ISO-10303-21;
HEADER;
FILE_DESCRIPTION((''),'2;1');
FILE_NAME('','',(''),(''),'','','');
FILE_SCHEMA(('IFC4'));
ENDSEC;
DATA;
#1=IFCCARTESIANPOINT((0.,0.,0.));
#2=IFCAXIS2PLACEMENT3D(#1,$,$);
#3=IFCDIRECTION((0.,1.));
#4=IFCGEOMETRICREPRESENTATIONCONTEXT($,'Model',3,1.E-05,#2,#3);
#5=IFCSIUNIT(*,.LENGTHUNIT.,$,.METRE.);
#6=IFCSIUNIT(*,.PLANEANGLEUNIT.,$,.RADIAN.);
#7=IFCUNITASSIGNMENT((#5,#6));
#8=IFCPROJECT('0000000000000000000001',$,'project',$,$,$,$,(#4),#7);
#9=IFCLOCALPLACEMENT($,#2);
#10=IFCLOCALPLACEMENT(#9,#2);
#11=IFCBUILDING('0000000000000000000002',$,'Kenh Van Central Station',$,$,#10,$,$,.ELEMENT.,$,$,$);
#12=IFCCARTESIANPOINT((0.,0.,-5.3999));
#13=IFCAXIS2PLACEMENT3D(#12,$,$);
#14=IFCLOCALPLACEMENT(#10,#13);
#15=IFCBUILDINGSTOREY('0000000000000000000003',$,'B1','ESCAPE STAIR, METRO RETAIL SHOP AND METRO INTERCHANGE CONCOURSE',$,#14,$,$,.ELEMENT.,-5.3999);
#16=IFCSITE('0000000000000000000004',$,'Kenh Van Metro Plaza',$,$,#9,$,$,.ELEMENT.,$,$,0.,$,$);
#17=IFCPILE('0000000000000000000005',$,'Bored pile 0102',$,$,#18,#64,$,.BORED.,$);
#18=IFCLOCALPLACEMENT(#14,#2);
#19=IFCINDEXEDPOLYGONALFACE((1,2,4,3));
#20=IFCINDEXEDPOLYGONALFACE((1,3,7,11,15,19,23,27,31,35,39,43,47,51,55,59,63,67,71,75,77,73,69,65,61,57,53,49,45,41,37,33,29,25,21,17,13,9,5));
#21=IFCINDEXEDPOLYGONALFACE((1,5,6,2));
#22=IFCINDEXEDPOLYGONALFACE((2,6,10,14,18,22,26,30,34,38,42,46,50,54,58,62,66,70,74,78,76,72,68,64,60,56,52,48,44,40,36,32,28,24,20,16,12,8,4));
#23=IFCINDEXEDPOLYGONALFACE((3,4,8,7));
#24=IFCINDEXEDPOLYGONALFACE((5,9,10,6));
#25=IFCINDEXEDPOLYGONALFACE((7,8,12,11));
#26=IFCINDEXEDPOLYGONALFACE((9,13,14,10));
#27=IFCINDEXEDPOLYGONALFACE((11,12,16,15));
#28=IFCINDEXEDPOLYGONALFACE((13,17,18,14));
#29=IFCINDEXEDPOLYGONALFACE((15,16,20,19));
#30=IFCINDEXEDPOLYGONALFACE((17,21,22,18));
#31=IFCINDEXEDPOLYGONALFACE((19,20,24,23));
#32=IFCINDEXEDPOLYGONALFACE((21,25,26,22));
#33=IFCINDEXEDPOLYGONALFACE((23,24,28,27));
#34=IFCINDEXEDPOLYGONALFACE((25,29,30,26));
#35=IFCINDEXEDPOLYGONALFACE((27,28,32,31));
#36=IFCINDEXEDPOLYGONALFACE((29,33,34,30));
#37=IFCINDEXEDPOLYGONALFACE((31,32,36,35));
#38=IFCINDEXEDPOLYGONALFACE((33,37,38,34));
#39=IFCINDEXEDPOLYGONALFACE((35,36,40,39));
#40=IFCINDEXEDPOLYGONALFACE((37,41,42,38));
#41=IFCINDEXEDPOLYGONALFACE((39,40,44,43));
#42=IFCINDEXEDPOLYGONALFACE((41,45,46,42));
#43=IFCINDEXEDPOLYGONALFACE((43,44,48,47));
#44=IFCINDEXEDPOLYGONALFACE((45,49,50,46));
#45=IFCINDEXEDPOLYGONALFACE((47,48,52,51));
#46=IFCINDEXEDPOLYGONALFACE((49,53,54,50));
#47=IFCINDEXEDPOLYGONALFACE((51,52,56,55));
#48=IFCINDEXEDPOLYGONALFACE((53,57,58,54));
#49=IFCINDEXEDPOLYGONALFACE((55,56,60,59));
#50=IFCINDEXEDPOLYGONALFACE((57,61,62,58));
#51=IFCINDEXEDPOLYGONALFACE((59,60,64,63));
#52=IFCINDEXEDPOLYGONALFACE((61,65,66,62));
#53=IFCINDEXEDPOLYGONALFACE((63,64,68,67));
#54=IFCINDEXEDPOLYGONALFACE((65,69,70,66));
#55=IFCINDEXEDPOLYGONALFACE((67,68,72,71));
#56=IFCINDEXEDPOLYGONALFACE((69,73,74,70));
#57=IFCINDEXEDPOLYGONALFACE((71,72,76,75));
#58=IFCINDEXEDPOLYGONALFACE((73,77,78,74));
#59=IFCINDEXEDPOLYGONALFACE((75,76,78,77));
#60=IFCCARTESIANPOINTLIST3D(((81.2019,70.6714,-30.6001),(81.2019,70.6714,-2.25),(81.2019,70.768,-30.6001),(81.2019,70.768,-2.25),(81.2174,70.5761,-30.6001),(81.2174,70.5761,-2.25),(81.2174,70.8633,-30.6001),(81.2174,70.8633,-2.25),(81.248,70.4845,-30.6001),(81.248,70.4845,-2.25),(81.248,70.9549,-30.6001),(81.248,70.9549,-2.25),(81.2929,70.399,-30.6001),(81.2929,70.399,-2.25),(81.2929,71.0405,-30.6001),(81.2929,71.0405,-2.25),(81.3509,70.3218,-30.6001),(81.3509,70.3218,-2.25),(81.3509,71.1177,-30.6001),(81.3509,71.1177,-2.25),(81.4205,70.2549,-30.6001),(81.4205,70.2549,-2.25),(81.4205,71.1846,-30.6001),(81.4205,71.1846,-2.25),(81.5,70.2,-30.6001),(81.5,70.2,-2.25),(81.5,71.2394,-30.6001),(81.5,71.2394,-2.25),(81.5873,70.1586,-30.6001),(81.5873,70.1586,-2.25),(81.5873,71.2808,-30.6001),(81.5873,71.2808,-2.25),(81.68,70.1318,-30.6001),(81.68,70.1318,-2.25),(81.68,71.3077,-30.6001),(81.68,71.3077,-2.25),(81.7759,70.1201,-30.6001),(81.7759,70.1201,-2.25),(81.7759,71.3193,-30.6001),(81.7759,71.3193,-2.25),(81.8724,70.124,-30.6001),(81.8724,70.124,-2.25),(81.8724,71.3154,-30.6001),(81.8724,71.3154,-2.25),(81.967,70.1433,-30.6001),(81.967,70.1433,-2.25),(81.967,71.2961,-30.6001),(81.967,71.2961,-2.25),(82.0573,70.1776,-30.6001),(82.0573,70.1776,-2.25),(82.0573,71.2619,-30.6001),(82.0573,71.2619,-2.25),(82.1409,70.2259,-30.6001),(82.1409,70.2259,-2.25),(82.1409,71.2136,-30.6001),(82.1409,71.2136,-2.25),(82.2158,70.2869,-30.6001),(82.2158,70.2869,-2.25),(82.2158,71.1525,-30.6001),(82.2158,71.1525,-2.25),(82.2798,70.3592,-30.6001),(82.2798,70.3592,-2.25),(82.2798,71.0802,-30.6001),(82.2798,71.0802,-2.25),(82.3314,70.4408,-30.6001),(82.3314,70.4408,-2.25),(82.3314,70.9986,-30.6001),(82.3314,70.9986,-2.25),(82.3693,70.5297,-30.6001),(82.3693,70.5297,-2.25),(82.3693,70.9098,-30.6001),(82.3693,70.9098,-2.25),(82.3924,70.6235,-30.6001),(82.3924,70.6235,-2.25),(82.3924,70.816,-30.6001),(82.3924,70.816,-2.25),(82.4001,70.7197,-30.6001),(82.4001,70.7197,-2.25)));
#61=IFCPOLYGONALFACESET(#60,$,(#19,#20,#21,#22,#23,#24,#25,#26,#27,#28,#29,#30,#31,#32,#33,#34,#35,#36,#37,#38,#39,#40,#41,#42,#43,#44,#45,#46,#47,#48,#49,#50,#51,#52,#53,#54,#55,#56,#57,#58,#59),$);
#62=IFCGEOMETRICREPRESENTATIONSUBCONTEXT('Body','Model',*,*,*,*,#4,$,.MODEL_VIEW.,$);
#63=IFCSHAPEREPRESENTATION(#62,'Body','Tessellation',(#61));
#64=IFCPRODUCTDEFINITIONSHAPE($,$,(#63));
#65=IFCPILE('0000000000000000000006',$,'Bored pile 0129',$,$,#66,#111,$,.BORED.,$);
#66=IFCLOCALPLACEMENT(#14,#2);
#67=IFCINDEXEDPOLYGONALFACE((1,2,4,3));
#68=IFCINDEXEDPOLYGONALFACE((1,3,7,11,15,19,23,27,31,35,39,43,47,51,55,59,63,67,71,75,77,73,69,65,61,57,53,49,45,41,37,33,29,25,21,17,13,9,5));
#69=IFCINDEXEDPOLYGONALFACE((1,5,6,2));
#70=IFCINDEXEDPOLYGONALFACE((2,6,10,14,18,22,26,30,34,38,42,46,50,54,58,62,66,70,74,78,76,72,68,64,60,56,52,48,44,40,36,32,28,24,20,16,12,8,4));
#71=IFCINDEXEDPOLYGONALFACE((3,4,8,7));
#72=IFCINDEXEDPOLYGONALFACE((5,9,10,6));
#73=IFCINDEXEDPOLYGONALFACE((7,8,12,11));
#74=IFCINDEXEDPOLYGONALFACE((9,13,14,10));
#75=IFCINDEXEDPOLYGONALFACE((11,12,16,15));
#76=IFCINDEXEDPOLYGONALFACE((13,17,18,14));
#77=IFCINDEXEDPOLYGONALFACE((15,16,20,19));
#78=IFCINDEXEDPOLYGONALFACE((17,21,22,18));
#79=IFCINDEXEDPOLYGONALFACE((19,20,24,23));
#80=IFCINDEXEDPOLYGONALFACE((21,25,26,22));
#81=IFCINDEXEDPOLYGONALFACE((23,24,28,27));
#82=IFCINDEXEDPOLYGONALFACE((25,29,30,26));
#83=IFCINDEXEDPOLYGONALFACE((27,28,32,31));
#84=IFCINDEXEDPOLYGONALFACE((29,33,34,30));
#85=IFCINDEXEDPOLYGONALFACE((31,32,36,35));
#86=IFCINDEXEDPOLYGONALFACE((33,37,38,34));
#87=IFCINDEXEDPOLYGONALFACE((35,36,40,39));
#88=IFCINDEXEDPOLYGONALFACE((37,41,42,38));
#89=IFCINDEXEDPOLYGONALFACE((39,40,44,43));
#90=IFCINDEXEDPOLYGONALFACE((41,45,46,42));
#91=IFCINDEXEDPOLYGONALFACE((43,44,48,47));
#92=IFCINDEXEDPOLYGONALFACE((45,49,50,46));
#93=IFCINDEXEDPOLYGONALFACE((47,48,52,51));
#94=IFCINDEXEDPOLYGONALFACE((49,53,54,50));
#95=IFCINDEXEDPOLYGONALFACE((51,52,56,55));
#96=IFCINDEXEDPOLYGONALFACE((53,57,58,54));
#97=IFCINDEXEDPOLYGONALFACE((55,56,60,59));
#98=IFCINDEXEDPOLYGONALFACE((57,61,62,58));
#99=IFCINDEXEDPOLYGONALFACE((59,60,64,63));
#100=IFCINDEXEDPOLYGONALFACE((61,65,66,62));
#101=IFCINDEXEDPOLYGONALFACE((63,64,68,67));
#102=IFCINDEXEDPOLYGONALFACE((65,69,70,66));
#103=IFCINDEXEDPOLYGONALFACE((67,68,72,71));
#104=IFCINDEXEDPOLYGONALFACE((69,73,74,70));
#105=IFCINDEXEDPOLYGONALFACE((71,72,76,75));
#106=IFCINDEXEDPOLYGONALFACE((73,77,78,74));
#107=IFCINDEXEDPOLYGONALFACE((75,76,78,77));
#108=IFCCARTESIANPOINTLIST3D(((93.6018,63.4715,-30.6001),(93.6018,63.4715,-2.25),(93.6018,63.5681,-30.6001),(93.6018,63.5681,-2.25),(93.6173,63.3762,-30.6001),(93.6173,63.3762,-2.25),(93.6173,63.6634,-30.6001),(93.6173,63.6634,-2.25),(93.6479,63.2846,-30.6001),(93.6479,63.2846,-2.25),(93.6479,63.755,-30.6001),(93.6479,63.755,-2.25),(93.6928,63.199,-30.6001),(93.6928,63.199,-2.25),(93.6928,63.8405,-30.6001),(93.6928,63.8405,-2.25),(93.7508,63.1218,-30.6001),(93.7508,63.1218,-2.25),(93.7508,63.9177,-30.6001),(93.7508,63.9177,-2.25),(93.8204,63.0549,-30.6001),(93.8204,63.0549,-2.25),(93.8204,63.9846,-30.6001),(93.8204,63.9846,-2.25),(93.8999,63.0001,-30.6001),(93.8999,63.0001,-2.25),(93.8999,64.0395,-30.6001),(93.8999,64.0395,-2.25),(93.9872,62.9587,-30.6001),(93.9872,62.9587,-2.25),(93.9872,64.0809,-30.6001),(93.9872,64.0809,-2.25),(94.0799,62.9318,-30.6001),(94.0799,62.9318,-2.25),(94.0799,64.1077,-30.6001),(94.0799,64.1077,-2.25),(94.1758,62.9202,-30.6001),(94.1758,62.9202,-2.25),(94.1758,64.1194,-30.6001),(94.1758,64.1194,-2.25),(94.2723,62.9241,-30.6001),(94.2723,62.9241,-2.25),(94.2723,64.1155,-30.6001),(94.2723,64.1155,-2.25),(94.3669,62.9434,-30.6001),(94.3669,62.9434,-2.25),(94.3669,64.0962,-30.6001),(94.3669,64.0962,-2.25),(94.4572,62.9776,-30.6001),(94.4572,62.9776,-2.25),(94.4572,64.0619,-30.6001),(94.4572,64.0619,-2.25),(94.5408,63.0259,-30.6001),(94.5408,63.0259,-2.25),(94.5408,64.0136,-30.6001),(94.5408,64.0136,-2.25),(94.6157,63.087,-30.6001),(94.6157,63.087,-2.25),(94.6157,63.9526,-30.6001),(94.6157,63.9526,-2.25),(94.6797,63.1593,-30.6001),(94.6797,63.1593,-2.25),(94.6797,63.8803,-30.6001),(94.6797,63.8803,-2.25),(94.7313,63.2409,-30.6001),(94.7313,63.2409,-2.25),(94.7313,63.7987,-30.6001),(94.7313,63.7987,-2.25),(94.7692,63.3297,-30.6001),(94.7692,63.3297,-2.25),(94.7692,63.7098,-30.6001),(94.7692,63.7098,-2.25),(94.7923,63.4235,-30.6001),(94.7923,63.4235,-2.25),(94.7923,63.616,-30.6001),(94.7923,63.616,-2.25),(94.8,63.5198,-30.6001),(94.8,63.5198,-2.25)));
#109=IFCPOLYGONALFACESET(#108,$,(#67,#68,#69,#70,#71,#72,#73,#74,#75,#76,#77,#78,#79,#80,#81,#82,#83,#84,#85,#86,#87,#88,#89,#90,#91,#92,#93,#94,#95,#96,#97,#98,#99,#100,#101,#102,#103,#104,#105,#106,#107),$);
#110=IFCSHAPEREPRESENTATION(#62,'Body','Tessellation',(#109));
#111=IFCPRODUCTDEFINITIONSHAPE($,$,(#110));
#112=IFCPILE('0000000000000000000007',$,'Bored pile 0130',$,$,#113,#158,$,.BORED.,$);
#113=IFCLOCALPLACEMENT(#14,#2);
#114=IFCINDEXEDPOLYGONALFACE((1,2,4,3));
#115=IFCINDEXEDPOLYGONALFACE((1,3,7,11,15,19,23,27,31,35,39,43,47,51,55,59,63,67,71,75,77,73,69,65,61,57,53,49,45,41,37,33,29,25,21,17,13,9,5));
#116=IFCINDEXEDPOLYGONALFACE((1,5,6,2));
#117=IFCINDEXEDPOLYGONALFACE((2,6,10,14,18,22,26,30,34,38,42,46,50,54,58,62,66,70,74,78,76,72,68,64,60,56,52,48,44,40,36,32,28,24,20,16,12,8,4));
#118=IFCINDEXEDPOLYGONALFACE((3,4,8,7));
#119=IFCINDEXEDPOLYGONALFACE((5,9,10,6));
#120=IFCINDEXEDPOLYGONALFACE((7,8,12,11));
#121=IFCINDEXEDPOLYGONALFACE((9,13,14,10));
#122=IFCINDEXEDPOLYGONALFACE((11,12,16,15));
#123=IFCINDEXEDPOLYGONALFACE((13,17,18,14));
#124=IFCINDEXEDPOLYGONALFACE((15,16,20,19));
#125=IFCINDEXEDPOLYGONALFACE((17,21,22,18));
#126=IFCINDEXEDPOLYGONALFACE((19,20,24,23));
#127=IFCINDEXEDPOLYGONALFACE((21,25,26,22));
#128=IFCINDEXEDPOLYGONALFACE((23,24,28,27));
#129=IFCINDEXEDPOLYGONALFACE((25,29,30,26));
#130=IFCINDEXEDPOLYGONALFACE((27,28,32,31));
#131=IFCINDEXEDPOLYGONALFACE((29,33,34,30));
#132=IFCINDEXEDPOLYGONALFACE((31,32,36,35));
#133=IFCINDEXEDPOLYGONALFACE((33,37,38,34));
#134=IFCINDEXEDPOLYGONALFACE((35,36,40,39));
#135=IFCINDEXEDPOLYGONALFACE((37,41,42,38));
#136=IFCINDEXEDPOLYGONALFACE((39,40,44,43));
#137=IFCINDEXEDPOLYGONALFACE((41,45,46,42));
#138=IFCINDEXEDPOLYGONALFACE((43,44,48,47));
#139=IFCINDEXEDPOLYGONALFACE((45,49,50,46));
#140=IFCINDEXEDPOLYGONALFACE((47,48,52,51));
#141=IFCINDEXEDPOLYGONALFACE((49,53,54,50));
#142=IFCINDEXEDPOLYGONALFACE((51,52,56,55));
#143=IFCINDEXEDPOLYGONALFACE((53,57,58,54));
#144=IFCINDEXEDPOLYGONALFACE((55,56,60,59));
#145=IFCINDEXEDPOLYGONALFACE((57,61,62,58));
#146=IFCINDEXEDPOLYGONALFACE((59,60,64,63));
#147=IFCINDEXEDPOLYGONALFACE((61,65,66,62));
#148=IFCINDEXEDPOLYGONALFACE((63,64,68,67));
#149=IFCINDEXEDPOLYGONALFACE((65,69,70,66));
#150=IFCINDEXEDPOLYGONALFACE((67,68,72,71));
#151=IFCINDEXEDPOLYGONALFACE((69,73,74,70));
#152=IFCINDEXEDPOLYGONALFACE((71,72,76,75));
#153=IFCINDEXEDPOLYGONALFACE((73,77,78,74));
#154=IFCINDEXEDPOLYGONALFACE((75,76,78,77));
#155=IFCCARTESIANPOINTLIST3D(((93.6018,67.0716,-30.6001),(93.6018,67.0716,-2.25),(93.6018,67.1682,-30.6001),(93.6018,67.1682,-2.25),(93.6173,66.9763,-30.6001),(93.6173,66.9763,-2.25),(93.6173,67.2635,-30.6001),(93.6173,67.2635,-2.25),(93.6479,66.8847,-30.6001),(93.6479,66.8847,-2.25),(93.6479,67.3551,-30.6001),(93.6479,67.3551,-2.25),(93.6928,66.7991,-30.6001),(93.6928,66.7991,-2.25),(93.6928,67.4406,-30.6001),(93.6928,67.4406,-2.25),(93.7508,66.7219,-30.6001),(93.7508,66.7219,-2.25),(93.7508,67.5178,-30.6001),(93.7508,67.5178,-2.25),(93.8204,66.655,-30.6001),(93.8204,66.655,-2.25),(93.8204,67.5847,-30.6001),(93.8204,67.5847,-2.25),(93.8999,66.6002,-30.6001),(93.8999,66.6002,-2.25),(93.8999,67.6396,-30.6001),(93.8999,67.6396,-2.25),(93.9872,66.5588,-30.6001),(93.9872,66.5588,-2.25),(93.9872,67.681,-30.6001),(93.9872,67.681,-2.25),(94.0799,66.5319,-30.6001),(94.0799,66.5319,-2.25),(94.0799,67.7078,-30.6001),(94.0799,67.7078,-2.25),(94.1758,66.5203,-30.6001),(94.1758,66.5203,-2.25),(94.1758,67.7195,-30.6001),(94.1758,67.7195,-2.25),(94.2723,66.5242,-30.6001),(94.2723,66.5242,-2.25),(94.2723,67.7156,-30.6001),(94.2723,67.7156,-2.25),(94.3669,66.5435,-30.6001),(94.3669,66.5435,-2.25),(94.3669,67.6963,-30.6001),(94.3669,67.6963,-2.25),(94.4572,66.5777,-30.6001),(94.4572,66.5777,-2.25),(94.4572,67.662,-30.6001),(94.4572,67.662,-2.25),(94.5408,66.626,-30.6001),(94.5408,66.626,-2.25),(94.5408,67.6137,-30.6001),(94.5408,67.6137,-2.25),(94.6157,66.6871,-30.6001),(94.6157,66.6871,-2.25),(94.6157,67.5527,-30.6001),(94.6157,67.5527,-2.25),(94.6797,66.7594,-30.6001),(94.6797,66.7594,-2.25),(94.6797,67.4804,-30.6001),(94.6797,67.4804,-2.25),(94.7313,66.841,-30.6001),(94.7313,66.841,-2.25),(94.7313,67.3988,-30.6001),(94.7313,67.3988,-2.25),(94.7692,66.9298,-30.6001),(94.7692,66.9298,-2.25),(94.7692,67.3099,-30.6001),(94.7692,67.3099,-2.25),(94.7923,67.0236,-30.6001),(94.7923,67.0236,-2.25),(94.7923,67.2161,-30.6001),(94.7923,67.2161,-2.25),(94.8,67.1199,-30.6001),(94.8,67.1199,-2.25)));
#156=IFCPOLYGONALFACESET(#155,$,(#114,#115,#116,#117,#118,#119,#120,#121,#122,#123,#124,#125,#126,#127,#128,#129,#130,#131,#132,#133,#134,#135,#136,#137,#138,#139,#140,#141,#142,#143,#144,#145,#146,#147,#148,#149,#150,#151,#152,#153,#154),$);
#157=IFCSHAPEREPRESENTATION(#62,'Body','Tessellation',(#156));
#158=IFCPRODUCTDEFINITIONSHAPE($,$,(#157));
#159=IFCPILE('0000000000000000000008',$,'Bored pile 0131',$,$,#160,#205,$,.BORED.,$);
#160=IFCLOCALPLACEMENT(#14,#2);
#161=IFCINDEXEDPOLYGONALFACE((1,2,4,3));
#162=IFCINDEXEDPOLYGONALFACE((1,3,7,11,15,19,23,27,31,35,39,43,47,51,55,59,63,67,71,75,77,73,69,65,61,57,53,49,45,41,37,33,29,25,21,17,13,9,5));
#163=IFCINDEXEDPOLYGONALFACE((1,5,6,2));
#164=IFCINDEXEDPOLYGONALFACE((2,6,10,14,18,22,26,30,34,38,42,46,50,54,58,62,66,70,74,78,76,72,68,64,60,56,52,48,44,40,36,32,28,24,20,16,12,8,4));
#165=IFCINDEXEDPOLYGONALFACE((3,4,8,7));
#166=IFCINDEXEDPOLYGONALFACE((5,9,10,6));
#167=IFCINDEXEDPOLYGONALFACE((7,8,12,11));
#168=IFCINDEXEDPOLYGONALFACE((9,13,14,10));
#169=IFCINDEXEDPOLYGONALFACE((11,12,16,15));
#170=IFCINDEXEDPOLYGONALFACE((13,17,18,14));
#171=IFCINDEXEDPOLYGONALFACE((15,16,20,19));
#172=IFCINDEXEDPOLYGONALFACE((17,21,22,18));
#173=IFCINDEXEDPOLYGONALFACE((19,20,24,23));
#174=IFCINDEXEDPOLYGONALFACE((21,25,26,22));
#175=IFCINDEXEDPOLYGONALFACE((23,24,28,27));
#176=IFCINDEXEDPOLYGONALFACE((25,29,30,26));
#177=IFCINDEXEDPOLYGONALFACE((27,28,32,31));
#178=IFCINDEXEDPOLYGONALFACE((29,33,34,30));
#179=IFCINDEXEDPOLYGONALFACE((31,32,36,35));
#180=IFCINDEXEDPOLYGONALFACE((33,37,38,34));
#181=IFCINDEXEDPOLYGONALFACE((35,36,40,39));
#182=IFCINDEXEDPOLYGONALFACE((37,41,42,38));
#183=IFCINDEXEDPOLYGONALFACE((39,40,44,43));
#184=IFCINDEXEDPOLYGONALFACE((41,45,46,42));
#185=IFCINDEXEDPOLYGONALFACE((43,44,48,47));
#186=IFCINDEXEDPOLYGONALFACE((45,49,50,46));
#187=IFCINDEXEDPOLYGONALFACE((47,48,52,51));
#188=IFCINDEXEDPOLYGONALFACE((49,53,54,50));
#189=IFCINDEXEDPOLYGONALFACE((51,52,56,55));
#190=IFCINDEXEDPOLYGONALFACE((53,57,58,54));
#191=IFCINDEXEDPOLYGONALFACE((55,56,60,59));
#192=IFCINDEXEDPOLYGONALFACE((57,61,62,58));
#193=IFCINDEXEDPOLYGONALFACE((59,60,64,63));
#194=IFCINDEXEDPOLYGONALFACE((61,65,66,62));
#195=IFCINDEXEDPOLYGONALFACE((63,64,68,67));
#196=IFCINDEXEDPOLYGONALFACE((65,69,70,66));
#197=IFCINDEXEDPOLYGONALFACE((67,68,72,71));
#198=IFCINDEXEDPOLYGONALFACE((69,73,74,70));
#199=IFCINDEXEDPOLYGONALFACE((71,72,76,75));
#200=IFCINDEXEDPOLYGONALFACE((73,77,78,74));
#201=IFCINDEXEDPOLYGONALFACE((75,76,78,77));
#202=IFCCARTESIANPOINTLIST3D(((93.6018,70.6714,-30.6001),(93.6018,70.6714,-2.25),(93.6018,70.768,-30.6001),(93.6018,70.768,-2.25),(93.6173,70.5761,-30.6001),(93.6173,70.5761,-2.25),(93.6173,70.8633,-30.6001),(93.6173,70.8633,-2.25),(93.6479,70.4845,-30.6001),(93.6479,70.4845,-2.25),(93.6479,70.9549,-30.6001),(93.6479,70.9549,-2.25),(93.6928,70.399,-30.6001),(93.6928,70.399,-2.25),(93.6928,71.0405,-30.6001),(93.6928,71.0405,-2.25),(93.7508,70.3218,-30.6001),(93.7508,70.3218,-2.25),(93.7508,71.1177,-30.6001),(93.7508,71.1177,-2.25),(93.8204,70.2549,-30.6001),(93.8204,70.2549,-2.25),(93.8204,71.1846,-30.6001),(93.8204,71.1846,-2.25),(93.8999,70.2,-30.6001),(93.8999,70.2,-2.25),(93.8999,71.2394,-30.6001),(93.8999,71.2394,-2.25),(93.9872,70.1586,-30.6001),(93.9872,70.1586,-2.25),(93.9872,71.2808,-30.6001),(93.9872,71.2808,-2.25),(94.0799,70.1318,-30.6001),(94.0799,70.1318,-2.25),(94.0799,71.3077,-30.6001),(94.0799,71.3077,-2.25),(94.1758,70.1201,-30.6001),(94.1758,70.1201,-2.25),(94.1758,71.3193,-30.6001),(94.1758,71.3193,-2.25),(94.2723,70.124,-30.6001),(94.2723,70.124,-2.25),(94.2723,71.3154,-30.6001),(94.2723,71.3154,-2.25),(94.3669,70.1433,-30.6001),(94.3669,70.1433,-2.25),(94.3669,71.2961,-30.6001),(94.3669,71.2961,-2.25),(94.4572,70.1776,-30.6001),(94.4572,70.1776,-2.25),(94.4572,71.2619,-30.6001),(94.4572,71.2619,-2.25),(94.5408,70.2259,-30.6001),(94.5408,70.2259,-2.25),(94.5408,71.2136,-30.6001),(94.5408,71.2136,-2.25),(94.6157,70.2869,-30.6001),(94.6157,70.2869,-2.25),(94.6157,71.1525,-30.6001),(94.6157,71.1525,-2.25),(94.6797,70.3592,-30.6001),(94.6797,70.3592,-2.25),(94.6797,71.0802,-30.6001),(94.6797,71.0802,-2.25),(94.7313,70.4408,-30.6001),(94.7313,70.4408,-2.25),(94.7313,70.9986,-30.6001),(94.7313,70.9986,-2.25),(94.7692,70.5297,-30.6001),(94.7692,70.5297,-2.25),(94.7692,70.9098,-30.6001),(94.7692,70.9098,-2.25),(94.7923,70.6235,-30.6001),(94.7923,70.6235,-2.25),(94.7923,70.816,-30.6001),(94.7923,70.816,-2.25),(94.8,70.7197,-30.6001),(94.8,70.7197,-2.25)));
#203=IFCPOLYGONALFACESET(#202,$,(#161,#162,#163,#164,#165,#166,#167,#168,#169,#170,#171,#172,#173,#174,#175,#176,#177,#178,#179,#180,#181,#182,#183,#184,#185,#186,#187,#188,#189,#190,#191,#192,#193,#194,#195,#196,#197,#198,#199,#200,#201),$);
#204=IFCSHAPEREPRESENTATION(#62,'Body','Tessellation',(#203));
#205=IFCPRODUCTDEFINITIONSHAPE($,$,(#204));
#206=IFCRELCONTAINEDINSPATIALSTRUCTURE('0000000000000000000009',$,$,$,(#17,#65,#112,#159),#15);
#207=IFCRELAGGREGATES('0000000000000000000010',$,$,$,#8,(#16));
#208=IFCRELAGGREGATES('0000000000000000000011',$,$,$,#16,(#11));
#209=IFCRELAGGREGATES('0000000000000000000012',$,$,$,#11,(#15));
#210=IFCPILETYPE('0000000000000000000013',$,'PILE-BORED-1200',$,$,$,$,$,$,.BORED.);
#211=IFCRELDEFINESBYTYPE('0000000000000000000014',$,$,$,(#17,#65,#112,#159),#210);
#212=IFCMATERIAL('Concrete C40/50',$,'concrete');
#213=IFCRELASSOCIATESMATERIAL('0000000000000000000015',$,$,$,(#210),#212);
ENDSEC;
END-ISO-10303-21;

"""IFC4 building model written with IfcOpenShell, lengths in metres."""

from ifc_helpers import new_model, si_unit, direction, frame, origin, origin_2d, place, context, subcontext, project, spatial, circle, extrude, material, material_profile, profile_set, type_object, element, save


model = new_model("IFC4")

# Units and contexts
model_context = context("Model", 3, precision=1e-05, world=origin(), true_north=direction((0.0, 1.0)))
body_context = subcontext(model_context, "Body", "Model", "MODEL_VIEW")
ifc_project = project(units=[si_unit("LENGTHUNIT", "METRE"), si_unit("PLANEANGLEUNIT", "RADIAN")], contexts=[model_context])

# Site, building, storey
site_placement = place(None, origin())
site = spatial("IfcSite", under=ifc_project, at=site_placement, Name="Kenh Van Metro Plaza", CompositionType="ELEMENT", RefElevation=0.0)
building_placement = place(site_placement, origin())
building = spatial("IfcBuilding", under=site, at=building_placement, Name="Kenh Van Central Station", CompositionType="ELEMENT")
storey_placement = place(building_placement, frame((0.0, 0.0, -5.3999)))
storey = spatial("IfcBuildingStorey", under=building, at=storey_placement, Name="B1", Description="ESCAPE STAIR, METRO RETAIL SHOP AND METRO INTERCHANGE CONCOURSE", CompositionType="ELEMENT", Elevation=-5.3999)

# Shared definitions
ifc_material = material(Name="Concrete C40/50", Category="concrete")

# Piles
ifc_material_profile_1 = material_profile(ifc_material, circle(Radius=0.6001, at=origin_2d()), Name="PILE D1200")
ifc_profile_set_1 = profile_set([ifc_material_profile_1], Name="Concrete C40/50")
pile_type_1 = type_object("IfcPileType", Name="PILE-BORED-1200", PredefinedType="BORED", material=ifc_profile_set_1)
for number, where, z_axis, x_axis, name in (
    (1, (81.8, 70.7197, -2.25), (0.0, 0.0, -1.0), (1.0, 0.0, 0.0), "Bored pile 0102"),
    (2, (94.2, 63.5198, -2.25), (0.0, 0.0, -1.0), (1.0, 0.0, 0.0), "Bored pile 0129"),
    (3, (94.2, 67.1199, -2.25), (0.0, 0.0, -1.0), (1.0, 0.0, 0.0), "Bored pile 0130"),
    (4, (94.2, 70.7197, -2.25), (0.0, 0.0, -1.0), (1.0, 0.0, 0.0), "Bored pile 0131"),
):
    element("IfcPile", number, at=place(storey_placement, frame(where, z_axis=z_axis, x_axis=x_axis)), inside=storey, type_object=pile_type_1, Name=name, PredefinedType="BORED", context=body_context, shape_type="SweptSolid", body=[
        extrude(circle(Radius=0.6001, at=origin_2d()), origin(), (0.0, 0.0, 1.0), 28.3501),
    ])

save(model, "model.ifc")
